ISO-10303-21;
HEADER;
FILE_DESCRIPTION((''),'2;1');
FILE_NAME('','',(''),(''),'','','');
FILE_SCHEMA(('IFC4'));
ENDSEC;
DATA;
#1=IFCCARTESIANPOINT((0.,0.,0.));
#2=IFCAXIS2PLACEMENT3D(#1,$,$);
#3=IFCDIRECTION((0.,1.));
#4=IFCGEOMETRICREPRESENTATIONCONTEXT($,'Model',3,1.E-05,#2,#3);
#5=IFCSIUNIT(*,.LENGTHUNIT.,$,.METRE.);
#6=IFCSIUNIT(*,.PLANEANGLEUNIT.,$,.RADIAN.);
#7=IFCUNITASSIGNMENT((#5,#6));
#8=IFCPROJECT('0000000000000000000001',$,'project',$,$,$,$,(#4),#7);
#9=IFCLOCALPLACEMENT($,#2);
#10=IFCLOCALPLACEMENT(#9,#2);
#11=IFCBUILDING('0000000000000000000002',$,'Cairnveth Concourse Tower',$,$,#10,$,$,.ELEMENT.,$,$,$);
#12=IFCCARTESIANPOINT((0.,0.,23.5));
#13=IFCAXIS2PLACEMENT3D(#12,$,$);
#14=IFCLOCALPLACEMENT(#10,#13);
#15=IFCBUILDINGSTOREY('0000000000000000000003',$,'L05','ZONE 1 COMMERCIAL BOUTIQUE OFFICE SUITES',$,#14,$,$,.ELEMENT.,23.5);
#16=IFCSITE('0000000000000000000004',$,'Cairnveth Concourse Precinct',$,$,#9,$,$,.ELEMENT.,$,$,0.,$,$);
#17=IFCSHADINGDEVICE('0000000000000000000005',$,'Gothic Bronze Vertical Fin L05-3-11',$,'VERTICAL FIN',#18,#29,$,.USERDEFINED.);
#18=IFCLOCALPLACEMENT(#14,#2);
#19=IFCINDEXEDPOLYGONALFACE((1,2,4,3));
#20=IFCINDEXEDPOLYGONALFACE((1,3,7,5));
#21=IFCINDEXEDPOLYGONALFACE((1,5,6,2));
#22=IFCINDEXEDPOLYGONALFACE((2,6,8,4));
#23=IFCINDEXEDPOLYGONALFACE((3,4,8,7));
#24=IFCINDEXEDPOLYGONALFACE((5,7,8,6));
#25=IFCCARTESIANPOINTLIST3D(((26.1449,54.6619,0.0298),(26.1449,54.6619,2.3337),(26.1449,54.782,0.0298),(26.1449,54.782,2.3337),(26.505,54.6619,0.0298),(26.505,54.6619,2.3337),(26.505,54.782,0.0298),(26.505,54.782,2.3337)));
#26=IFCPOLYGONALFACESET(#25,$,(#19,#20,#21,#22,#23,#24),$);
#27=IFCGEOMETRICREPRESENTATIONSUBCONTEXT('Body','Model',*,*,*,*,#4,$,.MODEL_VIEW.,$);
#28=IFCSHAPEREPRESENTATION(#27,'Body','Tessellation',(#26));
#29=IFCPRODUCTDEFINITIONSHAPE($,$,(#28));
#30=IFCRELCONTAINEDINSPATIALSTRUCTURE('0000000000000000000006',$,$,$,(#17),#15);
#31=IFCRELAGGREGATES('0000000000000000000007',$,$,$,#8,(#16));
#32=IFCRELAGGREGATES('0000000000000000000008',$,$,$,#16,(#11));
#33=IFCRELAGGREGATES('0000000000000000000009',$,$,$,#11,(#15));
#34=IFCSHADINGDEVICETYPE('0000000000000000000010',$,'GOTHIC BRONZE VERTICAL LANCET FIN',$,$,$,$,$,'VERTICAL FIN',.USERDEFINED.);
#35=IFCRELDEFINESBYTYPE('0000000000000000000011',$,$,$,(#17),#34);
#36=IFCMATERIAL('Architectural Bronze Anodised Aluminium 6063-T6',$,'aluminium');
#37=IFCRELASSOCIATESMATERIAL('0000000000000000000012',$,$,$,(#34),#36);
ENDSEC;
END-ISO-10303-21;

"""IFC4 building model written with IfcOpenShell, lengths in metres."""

from ifc_helpers import new_model, si_unit, direction, frame, origin, origin_2d, place, context, subcontext, project, spatial, rectangle, extrude, material, type_object, element, save


model = new_model("IFC4")

# Units and contexts
model_context = context("Model", 3, precision=1e-05, world=origin(), true_north=direction((0.0, 1.0)))
body_context = subcontext(model_context, "Body", "Model", "MODEL_VIEW")
ifc_project = project(units=[si_unit("LENGTHUNIT", "METRE"), si_unit("PLANEANGLEUNIT", "RADIAN")], contexts=[model_context])

# Site, building, storey
site_placement = place(None, origin())
site = spatial("IfcSite", under=ifc_project, at=site_placement, Name="Cairnveth Concourse Precinct", CompositionType="ELEMENT", RefElevation=0.0)
building_placement = place(site_placement, origin())
building = spatial("IfcBuilding", under=site, at=building_placement, Name="Cairnveth Concourse Tower", CompositionType="ELEMENT")
storey_placement = place(building_placement, frame((0.0, 0.0, 23.5)))
storey = spatial("IfcBuildingStorey", under=building, at=storey_placement, Name="L05", Description="ZONE 1 COMMERCIAL BOUTIQUE OFFICE SUITES", CompositionType="ELEMENT", Elevation=23.5)

# Shading device
ifc_material_1 = material(Name="Architectural Bronze Anodised Aluminium 6063-T6", Category="aluminium")
shading_device_type = type_object("IfcShadingDeviceType", Name="GOTHIC BRONZE VERTICAL LANCET FIN", ElementType="VERTICAL FIN", PredefinedType="USERDEFINED", material=ifc_material_1)
for number, where, z_axis, x_axis, name in (
    (1, (26.325, 54.7219, 0.0298), (0.0, 0.0, 1.0), (0.0, 1.0, 0.0), "Gothic Bronze Vertical Fin L05-3-11"),
):
    element("IfcShadingDevice", number, at=place(storey_placement, frame(where, z_axis=z_axis, x_axis=x_axis)), inside=storey, type_object=shading_device_type, Name=name, ObjectType="VERTICAL FIN", PredefinedType="USERDEFINED", context=body_context, shape_type="SweptSolid", body=[
        extrude(rectangle(XDim=0.1201, YDim=0.3601, at=origin_2d()), origin(), (0.0, 0.0, 1.0), 2.304),
    ])

save(model, "model.ifc")
